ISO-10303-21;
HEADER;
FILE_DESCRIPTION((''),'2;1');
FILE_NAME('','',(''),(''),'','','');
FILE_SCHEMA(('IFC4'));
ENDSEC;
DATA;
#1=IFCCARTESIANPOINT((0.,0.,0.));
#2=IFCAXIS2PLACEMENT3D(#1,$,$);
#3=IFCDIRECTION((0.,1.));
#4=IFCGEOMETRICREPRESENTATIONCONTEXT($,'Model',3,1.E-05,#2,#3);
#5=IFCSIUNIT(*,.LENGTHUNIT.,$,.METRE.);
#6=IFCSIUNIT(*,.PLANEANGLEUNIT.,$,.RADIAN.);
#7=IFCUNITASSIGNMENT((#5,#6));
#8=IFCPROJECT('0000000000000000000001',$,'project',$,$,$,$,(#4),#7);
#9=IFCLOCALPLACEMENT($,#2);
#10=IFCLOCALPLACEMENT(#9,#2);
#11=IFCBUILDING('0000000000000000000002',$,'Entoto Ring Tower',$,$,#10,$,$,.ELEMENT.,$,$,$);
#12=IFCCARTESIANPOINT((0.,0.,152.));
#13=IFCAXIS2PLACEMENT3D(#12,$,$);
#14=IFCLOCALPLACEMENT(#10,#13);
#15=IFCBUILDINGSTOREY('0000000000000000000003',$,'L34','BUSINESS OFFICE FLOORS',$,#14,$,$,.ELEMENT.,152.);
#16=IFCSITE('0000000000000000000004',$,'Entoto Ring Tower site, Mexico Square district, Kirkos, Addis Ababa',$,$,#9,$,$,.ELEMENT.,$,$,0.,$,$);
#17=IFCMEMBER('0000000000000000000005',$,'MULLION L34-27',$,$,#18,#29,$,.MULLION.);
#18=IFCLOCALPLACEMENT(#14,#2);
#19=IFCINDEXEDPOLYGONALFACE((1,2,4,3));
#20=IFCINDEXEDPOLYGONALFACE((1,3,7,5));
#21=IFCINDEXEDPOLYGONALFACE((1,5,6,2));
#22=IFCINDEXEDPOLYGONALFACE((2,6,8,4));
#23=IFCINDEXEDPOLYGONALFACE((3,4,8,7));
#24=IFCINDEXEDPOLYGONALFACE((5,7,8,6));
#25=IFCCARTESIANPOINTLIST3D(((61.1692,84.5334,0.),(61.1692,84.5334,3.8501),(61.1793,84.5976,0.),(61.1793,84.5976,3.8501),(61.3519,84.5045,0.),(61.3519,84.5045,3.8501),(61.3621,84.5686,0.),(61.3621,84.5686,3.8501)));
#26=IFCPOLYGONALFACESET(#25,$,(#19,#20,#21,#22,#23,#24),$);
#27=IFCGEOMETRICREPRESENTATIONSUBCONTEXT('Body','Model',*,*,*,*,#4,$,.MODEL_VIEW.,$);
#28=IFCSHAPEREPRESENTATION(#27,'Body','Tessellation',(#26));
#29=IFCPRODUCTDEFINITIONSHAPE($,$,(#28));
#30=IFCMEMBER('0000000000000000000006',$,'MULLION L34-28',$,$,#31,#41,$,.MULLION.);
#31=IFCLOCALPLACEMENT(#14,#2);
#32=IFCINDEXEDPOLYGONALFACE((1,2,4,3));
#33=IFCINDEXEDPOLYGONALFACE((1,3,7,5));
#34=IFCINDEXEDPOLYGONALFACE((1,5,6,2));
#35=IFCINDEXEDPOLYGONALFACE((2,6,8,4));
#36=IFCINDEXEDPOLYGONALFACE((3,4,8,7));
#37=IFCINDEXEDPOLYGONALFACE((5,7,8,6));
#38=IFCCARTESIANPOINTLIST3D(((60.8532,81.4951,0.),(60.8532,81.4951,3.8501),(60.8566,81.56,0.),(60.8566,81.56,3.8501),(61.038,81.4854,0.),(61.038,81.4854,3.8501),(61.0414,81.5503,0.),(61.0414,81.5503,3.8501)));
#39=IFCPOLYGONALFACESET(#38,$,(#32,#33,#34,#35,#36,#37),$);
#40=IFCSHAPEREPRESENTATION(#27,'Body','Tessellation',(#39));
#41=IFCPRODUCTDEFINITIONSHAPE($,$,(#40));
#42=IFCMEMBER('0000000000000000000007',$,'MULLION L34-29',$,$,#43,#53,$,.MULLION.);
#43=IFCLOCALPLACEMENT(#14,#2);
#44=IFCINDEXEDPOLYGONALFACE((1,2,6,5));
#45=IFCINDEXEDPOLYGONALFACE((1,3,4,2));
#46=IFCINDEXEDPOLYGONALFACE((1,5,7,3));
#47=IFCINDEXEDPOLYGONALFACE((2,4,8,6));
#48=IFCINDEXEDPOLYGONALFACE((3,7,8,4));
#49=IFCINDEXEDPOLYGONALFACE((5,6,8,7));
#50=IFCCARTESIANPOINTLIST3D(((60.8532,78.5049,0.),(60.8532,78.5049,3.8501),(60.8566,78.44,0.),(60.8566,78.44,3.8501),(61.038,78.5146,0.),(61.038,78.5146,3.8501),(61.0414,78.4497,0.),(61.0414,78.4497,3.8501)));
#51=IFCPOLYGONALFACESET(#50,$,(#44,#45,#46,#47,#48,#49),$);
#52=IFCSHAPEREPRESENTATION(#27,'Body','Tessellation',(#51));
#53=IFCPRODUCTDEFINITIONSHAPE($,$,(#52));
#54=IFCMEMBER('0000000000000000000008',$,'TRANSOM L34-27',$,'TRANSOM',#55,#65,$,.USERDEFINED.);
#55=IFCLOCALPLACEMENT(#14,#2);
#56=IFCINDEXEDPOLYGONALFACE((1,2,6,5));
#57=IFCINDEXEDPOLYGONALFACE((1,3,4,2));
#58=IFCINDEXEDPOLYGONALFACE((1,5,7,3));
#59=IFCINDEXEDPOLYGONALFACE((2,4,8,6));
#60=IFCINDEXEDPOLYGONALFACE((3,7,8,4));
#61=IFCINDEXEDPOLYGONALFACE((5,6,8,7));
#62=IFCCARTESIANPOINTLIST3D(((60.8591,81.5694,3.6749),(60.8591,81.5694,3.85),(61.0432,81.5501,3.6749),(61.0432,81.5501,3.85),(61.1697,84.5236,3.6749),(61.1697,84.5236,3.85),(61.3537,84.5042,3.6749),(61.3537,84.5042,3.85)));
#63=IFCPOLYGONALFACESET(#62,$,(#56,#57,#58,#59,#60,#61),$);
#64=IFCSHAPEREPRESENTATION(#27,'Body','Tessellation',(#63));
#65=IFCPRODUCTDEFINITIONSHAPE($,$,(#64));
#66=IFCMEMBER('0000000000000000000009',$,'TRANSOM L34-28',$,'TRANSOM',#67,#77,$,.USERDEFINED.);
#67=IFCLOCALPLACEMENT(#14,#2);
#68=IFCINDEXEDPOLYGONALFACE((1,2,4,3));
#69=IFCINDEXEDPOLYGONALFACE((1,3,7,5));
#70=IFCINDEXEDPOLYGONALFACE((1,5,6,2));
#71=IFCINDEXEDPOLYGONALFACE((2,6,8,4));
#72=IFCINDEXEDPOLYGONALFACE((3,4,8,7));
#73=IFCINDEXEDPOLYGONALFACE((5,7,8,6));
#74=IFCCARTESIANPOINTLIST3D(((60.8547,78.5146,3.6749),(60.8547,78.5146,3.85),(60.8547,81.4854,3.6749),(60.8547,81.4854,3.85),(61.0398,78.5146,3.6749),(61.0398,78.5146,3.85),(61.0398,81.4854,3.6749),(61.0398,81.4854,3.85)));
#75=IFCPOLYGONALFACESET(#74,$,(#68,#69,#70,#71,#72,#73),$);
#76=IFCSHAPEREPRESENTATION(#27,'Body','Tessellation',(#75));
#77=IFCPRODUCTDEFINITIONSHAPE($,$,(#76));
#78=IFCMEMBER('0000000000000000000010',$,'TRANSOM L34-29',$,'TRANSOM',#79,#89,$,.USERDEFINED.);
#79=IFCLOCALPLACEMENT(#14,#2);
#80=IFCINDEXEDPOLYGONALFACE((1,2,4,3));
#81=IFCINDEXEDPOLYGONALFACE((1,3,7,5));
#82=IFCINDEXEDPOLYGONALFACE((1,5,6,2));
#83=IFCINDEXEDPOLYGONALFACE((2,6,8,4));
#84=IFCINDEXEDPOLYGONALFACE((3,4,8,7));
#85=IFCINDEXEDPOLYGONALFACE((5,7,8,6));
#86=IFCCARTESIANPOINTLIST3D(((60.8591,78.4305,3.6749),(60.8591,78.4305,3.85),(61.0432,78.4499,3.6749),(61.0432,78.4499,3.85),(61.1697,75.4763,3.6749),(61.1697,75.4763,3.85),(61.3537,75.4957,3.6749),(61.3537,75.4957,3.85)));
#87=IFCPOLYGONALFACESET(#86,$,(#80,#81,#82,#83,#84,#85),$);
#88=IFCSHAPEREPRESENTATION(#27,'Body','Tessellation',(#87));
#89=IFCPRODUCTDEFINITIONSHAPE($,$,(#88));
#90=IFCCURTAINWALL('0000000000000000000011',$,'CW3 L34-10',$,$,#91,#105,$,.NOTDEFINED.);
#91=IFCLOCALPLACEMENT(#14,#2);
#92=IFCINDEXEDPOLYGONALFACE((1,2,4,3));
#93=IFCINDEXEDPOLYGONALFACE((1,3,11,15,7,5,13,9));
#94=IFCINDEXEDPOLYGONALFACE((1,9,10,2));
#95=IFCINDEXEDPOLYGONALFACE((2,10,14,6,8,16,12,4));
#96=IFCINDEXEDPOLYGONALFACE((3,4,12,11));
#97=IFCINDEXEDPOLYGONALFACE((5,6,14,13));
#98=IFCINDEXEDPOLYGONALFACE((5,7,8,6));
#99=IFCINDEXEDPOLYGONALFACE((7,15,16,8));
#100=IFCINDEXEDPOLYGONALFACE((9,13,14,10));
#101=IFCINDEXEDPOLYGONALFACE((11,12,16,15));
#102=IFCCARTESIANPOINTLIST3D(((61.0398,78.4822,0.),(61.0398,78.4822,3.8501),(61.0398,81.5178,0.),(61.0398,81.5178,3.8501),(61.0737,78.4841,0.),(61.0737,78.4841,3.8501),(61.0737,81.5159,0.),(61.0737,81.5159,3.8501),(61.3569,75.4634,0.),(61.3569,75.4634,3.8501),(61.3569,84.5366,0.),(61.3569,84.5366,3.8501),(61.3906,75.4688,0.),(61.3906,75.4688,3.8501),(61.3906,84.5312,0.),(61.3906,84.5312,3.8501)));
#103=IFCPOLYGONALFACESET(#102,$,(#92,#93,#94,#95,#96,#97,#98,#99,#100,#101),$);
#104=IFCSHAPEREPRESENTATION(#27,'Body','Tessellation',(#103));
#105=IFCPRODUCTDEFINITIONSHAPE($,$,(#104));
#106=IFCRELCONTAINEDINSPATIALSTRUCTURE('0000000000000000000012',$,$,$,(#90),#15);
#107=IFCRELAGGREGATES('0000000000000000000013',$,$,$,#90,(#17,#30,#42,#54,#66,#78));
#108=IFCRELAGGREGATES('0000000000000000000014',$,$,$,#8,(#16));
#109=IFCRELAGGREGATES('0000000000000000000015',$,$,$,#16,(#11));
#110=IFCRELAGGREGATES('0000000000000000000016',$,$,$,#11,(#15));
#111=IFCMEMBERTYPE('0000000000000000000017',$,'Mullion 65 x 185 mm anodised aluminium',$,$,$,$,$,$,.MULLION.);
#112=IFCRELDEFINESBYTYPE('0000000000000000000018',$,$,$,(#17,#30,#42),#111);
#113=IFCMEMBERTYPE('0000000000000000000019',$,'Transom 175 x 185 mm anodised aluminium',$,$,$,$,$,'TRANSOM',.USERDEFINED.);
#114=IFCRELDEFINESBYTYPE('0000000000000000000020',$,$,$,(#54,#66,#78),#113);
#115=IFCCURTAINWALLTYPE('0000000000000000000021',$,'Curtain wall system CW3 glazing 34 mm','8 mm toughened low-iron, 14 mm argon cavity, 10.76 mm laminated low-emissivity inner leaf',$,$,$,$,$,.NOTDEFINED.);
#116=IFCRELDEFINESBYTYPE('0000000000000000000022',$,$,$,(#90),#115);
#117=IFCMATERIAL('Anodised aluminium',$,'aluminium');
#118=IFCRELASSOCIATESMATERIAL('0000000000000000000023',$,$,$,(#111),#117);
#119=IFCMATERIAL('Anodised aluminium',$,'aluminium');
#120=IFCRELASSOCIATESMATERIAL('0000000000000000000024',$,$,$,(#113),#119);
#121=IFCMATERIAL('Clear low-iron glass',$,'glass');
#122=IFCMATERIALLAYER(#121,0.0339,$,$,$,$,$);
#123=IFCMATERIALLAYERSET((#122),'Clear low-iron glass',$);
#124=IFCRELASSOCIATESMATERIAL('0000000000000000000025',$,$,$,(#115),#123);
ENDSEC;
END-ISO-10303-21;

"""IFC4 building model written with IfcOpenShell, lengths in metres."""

from ifc_helpers import new_model, si_unit, direction, frame, origin, origin_2d, place, context, subcontext, project, spatial, polyline, rectangle, outline, extrude, material, layer, layer_set, material_profile, profile_set, type_object, element, aggregate, save


model = new_model("IFC4")

# Units and contexts
model_context = context("Model", 3, precision=1e-05, world=origin(), true_north=direction((0.0, 1.0)))
body_context = subcontext(model_context, "Body", "Model", "MODEL_VIEW")
ifc_project = project(units=[si_unit("LENGTHUNIT", "METRE"), si_unit("PLANEANGLEUNIT", "RADIAN")], contexts=[model_context])

# Members
ifc_material_1 = material(Name="Anodised aluminium", Category="aluminium")
ifc_material_profile_1 = material_profile(ifc_material_1, rectangle(XDim=0.0649, YDim=0.1851, at=origin_2d()), Name="Mullion 65 x 185 mm anodised aluminium")
ifc_profile_set_1 = profile_set([ifc_material_profile_1], Name="Anodised aluminium")
member_type_1 = type_object("IfcMemberType", Name="Mullion 65 x 185 mm anodised aluminium", PredefinedType="MULLION", material=ifc_profile_set_1)
site_placement = place(None, origin())
building_placement = place(site_placement, origin())
storey_placement = place(building_placement, frame((0.0, 0.0, 152.0)))
member_1_placement = place(storey_placement, frame((61.2656, 84.551, 0.0), z_axis=(0.0, 0.0, 1.0), x_axis=(-0.156434, -0.987688, 0.0)))
member_1 = element("IfcMember", 1, at=member_1_placement, type_object=member_type_1, Name="MULLION L34-27", PredefinedType="MULLION", context=body_context, shape_type="SweptSolid", body=[
    extrude(rectangle(XDim=0.0649, YDim=0.1851, at=origin_2d()), origin(), (0.0, 0.0, 1.0), 3.8501),
])
member_2_placement = place(storey_placement, frame((60.9473, 81.5227, 0.0), z_axis=(0.0, 0.0, 1.0), x_axis=(-0.052336, -0.99863, 0.0)))
member_2 = element("IfcMember", 2, at=member_2_placement, type_object=member_type_1, Name="MULLION L34-28", PredefinedType="MULLION", context=body_context, shape_type="SweptSolid", body=[
    extrude(rectangle(XDim=0.0649, YDim=0.1851, at=origin_2d()), origin(), (0.0, 0.0, 1.0), 3.8501),
])
member_3_placement = place(storey_placement, frame((60.9473, 78.4773, 0.0), z_axis=(0.0, 0.0, 1.0), x_axis=(0.052336, -0.99863, 0.0)))
member_3 = element("IfcMember", 3, at=member_3_placement, type_object=member_type_1, Name="MULLION L34-29", PredefinedType="MULLION", context=body_context, shape_type="SweptSolid", body=[
    extrude(rectangle(XDim=0.0649, YDim=0.1851, at=origin_2d()), origin(), (0.0, 0.0, 1.0), 3.8501),
])
ifc_material_2 = material(Name="Anodised aluminium", Category="aluminium")
ifc_material_profile_2 = material_profile(ifc_material_2, rectangle(XDim=0.1851, YDim=0.175, at=origin_2d()), Name="Transom 175 x 185 mm anodised aluminium")
ifc_profile_set_2 = profile_set([ifc_material_profile_2], Name="Anodised aluminium")
member_type_2 = type_object("IfcMemberType", Name="Transom 175 x 185 mm anodised aluminium", ElementType="TRANSOM", PredefinedType="USERDEFINED", material=ifc_profile_set_2)
member_4_placement = place(storey_placement, frame((61.2617, 84.5139, 3.7625), z_axis=(-0.104548, -0.99452, 0.0), x_axis=(0.99452, -0.104548, 0.0)))
member_4 = element("IfcMember", 4, at=member_4_placement, type_object=member_type_2, Name="TRANSOM L34-27", ObjectType="TRANSOM", PredefinedType="USERDEFINED", context=body_context, shape_type="SweptSolid", body=[
    extrude(rectangle(XDim=0.1851, YDim=0.175, at=origin_2d()), origin(), (0.0, 0.0, 1.0), 2.9705),
])
member_5_placement = place(storey_placement, frame((60.9473, 81.4854, 3.7625), z_axis=(0.0, -1.0, 0.0), x_axis=(1.0, 0.0, 0.0)))
member_5 = element("IfcMember", 5, at=member_5_placement, type_object=member_type_2, Name="TRANSOM L34-28", ObjectType="TRANSOM", PredefinedType="USERDEFINED", context=body_context, shape_type="SweptSolid", body=[
    extrude(rectangle(XDim=0.1851, YDim=0.175, at=origin_2d()), origin(), (0.0, 0.0, 1.0), 2.9707),
])
member_6_placement = place(storey_placement, frame((60.9512, 78.4402, 3.7625), z_axis=(0.104548, -0.99452, 0.0), x_axis=(0.99452, 0.104548, 0.0)))
member_6 = element("IfcMember", 6, at=member_6_placement, type_object=member_type_2, Name="TRANSOM L34-29", ObjectType="TRANSOM", PredefinedType="USERDEFINED", context=body_context, shape_type="SweptSolid", body=[
    extrude(rectangle(XDim=0.1851, YDim=0.175, at=origin_2d()), origin(), (0.0, 0.0, 1.0), 2.9705),
])

# Site, building, storey
site = spatial("IfcSite", under=ifc_project, at=site_placement, Name="Entoto Ring Tower site, Mexico Square district, Kirkos, Addis Ababa", CompositionType="ELEMENT", RefElevation=0.0)
building = spatial("IfcBuilding", under=site, at=building_placement, Name="Entoto Ring Tower", CompositionType="ELEMENT")
storey = spatial("IfcBuildingStorey", under=building, at=storey_placement, Name="L34", Description="BUSINESS OFFICE FLOORS", CompositionType="ELEMENT", Elevation=152.0)

# Curtain wall
ifc_material_3 = material(Name="Clear low-iron glass", Category="glass")
ifc_layer = layer(ifc_material_3, 0.0339)
ifc_layer_set = layer_set([ifc_layer], Name="Clear low-iron glass")
curtain_wall_type = type_object("IfcCurtainWallType", Name="Curtain wall system CW3 glazing 34 mm", Description="8 mm toughened low-iron, 14 mm argon cavity, 10.76 mm laminated low-emissivity inner leaf", PredefinedType="NOTDEFINED", material=ifc_layer_set)
curtain_wall_1_placement = place(storey_placement, origin())
curtain_wall_1 = element("IfcCurtainWall", 7, at=curtain_wall_1_placement, inside=storey, type_object=curtain_wall_type, Name="CW3 L34-10", PredefinedType="NOTDEFINED", context=body_context, shape_type="SweptSolid", body=[
    extrude(outline(polyline([(61.3569, 84.5366), (61.0398, 81.5178), (61.0398, 78.4822), (61.3569, 75.4634), (61.3906, 75.4688), (61.0737, 78.4841), (61.0737, 81.5159), (61.3906, 84.5312), (61.3569, 84.5366)])), origin(), (0.0, 0.0, 1.0), 3.8501),
])
aggregate(curtain_wall_1, [member_1, member_2, member_3, member_4, member_5, member_6])

save(model, "model.ifc")
